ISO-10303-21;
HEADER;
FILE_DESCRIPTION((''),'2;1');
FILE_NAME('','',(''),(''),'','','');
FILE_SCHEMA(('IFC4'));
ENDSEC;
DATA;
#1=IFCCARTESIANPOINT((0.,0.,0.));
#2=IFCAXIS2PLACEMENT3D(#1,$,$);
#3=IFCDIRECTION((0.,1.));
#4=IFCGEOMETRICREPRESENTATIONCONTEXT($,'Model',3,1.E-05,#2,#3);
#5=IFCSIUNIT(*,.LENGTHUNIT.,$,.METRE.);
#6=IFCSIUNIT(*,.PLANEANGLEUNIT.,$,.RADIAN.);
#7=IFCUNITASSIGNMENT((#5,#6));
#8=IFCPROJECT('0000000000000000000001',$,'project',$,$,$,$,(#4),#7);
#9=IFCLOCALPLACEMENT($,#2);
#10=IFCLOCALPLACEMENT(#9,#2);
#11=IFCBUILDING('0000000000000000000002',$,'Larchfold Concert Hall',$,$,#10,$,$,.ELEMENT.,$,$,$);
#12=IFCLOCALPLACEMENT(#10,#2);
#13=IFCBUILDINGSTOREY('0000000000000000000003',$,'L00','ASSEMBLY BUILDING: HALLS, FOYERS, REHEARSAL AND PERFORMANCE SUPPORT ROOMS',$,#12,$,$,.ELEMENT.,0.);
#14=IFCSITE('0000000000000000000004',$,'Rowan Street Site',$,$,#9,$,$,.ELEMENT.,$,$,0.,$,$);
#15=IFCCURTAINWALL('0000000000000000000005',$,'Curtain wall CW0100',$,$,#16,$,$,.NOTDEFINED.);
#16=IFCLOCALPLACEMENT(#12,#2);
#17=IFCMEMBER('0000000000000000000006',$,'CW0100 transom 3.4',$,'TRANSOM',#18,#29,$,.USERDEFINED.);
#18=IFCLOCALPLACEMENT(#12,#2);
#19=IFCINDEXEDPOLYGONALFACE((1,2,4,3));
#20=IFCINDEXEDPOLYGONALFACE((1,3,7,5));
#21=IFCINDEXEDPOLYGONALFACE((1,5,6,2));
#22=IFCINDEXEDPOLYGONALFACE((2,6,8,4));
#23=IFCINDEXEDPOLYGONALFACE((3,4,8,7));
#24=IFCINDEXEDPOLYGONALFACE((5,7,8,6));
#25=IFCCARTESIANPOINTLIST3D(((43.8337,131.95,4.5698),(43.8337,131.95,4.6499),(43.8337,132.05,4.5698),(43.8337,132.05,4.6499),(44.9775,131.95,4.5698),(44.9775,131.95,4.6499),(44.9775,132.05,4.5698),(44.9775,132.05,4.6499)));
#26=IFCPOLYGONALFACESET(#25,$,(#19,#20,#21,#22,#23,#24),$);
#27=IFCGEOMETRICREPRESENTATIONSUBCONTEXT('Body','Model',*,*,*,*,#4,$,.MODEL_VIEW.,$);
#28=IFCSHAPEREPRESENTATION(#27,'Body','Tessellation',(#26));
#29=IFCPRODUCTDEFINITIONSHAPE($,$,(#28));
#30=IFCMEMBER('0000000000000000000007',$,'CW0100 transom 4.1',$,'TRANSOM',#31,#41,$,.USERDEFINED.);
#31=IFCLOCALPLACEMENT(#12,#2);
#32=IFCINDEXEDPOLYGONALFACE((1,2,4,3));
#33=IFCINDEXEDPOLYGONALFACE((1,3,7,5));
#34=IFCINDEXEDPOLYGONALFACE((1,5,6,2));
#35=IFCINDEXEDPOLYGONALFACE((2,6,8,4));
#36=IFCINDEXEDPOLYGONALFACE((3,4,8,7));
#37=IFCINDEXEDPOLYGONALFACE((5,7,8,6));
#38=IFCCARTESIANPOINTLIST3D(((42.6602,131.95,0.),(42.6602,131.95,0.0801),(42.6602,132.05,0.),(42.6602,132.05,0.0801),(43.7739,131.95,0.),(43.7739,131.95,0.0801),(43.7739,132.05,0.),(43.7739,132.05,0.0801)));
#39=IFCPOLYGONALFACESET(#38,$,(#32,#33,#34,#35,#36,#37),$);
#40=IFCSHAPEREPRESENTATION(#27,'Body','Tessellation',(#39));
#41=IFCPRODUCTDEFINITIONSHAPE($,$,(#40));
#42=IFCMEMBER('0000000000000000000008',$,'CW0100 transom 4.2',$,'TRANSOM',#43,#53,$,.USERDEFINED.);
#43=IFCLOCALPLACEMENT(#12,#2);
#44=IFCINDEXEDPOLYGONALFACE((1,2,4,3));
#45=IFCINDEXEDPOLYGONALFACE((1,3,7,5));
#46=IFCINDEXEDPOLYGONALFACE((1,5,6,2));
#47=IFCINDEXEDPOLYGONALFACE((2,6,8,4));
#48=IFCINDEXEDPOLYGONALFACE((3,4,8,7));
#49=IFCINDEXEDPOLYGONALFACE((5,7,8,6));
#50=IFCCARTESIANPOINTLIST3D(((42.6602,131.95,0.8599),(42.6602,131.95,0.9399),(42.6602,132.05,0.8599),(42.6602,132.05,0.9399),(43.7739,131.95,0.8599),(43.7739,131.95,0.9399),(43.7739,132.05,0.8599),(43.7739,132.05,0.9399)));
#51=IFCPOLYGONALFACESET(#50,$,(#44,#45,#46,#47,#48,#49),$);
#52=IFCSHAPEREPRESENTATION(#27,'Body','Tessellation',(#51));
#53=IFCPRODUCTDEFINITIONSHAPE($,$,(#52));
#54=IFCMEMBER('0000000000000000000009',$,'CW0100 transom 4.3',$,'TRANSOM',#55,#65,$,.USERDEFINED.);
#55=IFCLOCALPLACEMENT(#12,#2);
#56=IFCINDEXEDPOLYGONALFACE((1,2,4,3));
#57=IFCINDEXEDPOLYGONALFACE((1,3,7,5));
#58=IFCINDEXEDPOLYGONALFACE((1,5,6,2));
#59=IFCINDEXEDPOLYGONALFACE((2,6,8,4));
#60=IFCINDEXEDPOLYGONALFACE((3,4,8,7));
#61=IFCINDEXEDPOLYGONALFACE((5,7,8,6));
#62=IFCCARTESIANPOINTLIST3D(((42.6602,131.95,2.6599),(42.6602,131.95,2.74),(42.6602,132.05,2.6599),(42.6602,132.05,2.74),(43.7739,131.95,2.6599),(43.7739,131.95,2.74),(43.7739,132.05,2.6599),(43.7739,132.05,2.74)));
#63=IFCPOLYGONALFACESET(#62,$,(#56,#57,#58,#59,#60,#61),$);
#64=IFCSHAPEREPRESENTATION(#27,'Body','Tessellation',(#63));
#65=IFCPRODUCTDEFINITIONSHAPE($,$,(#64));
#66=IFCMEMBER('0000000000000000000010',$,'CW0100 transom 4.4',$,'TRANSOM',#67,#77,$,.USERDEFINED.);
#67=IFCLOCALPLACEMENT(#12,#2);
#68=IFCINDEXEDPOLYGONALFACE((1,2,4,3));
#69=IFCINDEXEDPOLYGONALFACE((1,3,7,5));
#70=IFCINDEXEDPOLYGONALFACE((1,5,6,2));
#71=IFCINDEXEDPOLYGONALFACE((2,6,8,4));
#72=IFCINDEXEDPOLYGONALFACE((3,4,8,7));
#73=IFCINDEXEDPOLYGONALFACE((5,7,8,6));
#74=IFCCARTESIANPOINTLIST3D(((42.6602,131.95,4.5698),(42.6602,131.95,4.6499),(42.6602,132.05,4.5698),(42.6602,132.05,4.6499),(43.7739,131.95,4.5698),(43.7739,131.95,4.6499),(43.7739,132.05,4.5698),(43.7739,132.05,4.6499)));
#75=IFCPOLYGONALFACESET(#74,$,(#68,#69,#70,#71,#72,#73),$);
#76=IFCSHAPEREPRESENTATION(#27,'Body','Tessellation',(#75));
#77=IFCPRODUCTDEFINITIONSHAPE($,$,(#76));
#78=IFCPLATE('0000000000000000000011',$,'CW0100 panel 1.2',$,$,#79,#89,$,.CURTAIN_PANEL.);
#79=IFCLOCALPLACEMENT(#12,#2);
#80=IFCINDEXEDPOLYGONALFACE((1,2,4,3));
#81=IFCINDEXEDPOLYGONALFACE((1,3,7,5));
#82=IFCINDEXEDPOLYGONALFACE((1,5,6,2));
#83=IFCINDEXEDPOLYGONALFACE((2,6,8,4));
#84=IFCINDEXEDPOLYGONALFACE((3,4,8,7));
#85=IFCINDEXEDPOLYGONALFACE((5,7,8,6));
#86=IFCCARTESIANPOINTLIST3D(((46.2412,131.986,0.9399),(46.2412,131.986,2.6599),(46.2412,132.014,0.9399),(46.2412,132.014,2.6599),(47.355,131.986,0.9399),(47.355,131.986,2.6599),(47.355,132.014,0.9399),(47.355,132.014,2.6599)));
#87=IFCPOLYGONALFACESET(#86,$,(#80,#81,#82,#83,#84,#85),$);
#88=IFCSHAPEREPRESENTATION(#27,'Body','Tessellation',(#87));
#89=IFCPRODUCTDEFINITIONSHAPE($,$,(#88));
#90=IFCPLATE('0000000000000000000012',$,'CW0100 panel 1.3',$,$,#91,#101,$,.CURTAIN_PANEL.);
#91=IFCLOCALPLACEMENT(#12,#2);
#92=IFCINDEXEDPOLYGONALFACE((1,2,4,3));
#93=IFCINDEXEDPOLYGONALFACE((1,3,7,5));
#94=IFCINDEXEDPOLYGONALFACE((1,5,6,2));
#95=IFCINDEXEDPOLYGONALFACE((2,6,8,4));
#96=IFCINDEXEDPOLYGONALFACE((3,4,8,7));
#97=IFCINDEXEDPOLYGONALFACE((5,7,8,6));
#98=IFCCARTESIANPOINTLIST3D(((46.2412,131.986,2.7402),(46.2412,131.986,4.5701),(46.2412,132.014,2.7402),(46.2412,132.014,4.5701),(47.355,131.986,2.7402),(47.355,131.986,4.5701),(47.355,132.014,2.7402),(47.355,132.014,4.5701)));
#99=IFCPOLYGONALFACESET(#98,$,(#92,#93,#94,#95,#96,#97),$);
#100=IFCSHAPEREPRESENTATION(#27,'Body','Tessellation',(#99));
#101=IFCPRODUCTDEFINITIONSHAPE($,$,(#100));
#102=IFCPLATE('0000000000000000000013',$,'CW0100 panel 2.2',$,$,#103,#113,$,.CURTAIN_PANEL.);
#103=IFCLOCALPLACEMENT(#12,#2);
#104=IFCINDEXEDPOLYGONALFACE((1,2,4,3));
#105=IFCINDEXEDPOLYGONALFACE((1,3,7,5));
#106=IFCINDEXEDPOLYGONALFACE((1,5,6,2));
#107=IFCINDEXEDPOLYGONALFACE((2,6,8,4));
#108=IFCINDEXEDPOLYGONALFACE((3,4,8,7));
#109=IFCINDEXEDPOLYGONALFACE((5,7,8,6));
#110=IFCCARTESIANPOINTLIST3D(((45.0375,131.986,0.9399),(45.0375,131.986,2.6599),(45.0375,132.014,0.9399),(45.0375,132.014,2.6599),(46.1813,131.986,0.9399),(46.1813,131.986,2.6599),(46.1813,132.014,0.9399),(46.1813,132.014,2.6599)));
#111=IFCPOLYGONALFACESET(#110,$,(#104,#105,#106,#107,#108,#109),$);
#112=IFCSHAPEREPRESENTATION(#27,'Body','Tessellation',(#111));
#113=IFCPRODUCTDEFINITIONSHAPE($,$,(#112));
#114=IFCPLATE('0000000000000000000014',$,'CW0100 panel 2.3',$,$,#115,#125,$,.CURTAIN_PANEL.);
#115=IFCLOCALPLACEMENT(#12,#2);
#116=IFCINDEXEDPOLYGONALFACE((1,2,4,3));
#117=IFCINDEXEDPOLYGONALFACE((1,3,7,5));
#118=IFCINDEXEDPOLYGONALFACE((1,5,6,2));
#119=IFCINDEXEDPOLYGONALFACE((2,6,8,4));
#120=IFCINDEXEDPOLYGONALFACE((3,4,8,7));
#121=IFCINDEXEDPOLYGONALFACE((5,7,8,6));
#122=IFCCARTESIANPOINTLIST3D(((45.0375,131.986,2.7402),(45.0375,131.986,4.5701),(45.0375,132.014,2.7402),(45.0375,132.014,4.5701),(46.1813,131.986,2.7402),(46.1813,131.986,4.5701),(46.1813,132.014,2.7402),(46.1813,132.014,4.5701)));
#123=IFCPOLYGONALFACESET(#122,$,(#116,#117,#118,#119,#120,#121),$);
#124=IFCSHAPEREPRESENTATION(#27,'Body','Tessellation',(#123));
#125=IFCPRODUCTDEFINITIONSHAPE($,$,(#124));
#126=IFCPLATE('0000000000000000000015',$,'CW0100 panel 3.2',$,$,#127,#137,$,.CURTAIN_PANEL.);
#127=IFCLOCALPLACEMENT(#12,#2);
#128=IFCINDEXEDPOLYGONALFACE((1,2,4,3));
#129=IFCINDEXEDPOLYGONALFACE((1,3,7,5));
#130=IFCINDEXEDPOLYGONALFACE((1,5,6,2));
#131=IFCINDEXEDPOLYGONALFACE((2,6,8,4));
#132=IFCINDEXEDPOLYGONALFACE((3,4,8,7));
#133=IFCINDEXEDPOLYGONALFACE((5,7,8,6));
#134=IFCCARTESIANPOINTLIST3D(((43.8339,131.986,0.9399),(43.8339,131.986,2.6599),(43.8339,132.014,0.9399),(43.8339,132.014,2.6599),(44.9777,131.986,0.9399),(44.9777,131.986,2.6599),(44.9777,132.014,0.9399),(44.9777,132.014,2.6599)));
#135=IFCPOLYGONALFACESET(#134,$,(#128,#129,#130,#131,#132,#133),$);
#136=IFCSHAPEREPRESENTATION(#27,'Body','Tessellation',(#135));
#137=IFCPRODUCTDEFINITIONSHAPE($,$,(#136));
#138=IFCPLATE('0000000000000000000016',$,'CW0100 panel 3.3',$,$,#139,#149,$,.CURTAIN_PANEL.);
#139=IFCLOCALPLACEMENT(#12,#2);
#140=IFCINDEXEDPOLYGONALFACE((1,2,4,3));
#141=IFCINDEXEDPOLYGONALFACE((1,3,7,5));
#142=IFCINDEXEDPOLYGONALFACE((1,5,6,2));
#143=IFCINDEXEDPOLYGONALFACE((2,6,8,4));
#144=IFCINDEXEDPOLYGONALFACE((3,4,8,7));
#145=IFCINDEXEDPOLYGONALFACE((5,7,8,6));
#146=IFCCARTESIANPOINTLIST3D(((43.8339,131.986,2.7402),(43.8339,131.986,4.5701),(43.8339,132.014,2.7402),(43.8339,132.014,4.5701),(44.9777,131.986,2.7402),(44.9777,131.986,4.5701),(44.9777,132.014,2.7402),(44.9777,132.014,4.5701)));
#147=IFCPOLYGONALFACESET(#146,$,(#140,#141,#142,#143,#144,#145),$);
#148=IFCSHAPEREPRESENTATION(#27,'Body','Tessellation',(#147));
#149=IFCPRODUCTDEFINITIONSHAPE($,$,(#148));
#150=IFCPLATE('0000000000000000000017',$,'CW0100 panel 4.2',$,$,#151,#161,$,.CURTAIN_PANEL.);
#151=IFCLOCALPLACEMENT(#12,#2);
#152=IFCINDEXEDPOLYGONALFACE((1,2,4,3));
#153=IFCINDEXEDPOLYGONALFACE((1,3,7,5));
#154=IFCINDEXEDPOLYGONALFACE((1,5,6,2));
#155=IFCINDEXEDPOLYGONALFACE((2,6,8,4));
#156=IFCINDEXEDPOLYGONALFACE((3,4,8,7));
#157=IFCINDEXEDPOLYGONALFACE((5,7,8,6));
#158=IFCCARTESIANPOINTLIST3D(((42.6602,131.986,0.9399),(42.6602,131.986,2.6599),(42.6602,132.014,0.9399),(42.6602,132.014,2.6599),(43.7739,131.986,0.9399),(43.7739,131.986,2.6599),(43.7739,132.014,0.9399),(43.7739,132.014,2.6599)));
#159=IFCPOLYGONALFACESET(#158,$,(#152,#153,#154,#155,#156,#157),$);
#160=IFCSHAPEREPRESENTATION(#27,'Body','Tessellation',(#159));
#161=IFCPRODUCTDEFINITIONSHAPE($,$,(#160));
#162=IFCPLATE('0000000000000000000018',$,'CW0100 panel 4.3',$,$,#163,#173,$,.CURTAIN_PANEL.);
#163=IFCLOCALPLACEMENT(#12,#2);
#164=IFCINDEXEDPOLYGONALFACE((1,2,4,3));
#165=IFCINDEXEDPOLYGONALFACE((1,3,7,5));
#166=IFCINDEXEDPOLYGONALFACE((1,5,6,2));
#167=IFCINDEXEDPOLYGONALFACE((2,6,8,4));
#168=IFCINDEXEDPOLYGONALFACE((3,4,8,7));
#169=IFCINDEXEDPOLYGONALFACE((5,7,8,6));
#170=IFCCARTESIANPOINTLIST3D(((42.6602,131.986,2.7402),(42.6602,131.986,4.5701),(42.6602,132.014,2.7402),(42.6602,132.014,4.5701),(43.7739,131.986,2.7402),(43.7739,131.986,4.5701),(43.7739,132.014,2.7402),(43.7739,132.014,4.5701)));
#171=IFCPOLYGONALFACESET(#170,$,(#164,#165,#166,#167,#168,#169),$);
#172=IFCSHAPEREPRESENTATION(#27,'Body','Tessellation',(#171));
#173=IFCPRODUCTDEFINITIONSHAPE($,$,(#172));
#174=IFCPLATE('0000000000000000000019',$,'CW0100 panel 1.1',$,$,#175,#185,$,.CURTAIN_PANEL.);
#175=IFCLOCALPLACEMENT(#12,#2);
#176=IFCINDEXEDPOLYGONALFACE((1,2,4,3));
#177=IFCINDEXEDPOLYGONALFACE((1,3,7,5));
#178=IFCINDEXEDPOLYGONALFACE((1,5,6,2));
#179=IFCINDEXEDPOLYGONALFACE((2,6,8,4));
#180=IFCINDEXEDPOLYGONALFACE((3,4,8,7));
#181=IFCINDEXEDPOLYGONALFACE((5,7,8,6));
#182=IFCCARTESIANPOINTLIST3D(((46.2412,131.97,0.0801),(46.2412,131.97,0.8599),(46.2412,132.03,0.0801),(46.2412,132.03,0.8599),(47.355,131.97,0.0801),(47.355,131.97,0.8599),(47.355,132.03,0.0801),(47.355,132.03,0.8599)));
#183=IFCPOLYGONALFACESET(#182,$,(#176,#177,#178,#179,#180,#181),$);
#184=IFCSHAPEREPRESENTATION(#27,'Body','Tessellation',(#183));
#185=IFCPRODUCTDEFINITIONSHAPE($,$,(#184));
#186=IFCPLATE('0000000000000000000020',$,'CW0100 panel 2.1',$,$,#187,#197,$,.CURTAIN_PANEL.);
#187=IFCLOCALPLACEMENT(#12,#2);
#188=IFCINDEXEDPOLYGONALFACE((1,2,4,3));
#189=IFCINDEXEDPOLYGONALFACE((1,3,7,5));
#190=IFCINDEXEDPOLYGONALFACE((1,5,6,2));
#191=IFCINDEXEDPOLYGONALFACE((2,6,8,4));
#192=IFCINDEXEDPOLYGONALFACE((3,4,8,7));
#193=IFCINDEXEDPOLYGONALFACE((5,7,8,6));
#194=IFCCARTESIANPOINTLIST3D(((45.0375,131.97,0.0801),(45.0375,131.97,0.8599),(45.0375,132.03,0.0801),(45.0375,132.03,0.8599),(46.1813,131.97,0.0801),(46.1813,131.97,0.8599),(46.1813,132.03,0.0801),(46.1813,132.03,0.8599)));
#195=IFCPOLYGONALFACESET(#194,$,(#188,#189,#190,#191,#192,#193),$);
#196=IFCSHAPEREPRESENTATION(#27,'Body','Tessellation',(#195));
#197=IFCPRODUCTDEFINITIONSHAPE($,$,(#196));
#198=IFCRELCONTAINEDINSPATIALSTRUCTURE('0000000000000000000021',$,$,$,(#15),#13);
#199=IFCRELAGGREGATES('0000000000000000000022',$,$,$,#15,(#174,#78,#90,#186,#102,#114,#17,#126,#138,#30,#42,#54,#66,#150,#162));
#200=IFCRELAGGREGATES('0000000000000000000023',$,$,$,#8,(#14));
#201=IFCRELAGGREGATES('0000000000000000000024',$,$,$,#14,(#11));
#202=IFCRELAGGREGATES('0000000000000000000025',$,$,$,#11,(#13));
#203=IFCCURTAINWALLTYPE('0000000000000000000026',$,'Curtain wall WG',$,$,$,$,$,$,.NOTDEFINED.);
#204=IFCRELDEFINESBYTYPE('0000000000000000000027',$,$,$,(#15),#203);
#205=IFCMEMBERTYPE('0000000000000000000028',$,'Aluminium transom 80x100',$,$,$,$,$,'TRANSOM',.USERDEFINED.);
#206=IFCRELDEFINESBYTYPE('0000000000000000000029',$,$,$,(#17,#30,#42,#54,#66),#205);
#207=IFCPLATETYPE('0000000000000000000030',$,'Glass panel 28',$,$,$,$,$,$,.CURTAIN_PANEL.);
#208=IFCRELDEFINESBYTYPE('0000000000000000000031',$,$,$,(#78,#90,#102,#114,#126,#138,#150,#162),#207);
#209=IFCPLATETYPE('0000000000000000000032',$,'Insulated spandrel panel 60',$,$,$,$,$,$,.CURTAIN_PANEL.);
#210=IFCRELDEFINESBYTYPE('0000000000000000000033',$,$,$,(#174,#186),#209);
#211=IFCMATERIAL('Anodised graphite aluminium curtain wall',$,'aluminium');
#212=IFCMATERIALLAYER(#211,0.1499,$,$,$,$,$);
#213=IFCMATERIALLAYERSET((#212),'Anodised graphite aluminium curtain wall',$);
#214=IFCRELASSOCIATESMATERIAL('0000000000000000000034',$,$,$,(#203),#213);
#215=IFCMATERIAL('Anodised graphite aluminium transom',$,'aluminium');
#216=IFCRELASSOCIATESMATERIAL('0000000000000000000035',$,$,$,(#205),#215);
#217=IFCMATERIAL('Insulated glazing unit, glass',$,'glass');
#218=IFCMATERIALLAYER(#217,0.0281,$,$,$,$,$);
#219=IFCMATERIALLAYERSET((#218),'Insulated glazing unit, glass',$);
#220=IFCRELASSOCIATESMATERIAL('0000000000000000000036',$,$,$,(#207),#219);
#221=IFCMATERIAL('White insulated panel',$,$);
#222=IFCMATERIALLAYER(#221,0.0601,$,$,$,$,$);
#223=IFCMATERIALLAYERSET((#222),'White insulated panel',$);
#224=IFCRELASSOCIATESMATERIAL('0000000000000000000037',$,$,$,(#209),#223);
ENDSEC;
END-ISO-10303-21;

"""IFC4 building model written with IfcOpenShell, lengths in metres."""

from ifc_helpers import new_model, si_unit, direction, frame, origin, origin_2d, place, context, subcontext, project, spatial, rectangle, extrude, material, layer, layer_set, material_profile, profile_set, type_object, element, aggregate, save


model = new_model("IFC4")

# Units and contexts
model_context = context("Model", 3, precision=1e-05, world=origin(), true_north=direction((0.0, 1.0)))
body_context = subcontext(model_context, "Body", "Model", "MODEL_VIEW")
ifc_project = project(units=[si_unit("LENGTHUNIT", "METRE"), si_unit("PLANEANGLEUNIT", "RADIAN")], contexts=[model_context])

# Site, building, storey
site_placement = place(None, origin())
site = spatial("IfcSite", under=ifc_project, at=site_placement, Name="Rowan Street Site", CompositionType="ELEMENT", RefElevation=0.0)
building_placement = place(site_placement, origin())
building = spatial("IfcBuilding", under=site, at=building_placement, Name="Larchfold Concert Hall", CompositionType="ELEMENT")
storey_placement = place(building_placement, origin())
storey = spatial("IfcBuildingStorey", under=building, at=storey_placement, Name="L00", Description="ASSEMBLY BUILDING: HALLS, FOYERS, REHEARSAL AND PERFORMANCE SUPPORT ROOMS", CompositionType="ELEMENT", Elevation=0.0)

# Curtain wall, members, plates
ifc_material_1 = material(Name="Anodised graphite aluminium curtain wall", Category="aluminium")
ifc_layer_1 = layer(ifc_material_1, 0.1499)
ifc_layer_set_1 = layer_set([ifc_layer_1], Name="Anodised graphite aluminium curtain wall")
curtain_wall_type = type_object("IfcCurtainWallType", Name="Curtain wall WG", PredefinedType="NOTDEFINED", material=ifc_layer_set_1)
curtain_wall_placement = place(storey_placement, origin())
curtain_wall = element("IfcCurtainWall", 1, at=curtain_wall_placement, inside=storey, type_object=curtain_wall_type, Name="Curtain wall CW0100", PredefinedType="NOTDEFINED")
ifc_material_2 = material(Name="Anodised graphite aluminium transom", Category="aluminium")
ifc_material_profile_1 = material_profile(ifc_material_2, rectangle(XDim=0.1001, YDim=0.0801, at=origin_2d()))
ifc_profile_set_1 = profile_set([ifc_material_profile_1], Name="Anodised graphite aluminium transom")
member_type_1 = type_object("IfcMemberType", Name="Aluminium transom 80x100", ElementType="TRANSOM", PredefinedType="USERDEFINED", material=ifc_profile_set_1)
member_1_placement = place(storey_placement, frame((44.9775, 132.0, 4.6099), z_axis=(-1.0, 0.0, 0.0), x_axis=(0.0, -1.0, 0.0)))
member_1 = element("IfcMember", 2, at=member_1_placement, type_object=member_type_1, Name="CW0100 transom 3.4", ObjectType="TRANSOM", PredefinedType="USERDEFINED", context=body_context, shape_type="SweptSolid", body=[
    extrude(rectangle(XDim=0.1001, YDim=0.0801, at=origin_2d()), origin(), (0.0, 0.0, 1.0), 1.1438),
])
member_2_placement = place(storey_placement, frame((43.7739, 132.0, 0.04), z_axis=(-1.0, 0.0, 0.0), x_axis=(0.0, -1.0, 0.0)))
member_2 = element("IfcMember", 3, at=member_2_placement, type_object=member_type_1, Name="CW0100 transom 4.1", ObjectType="TRANSOM", PredefinedType="USERDEFINED", context=body_context, shape_type="SweptSolid", body=[
    extrude(rectangle(XDim=0.1001, YDim=0.0801, at=origin_2d()), origin(), (0.0, 0.0, 1.0), 1.1138),
])
member_3_placement = place(storey_placement, frame((43.7739, 132.0, 0.8999), z_axis=(-1.0, 0.0, 0.0), x_axis=(0.0, -1.0, 0.0)))
member_3 = element("IfcMember", 4, at=member_3_placement, type_object=member_type_1, Name="CW0100 transom 4.2", ObjectType="TRANSOM", PredefinedType="USERDEFINED", context=body_context, shape_type="SweptSolid", body=[
    extrude(rectangle(XDim=0.1001, YDim=0.0801, at=origin_2d()), origin(), (0.0, 0.0, 1.0), 1.1138),
])
member_4_placement = place(storey_placement, frame((43.7739, 132.0, 2.7), z_axis=(-1.0, 0.0, 0.0), x_axis=(0.0, -1.0, 0.0)))
member_4 = element("IfcMember", 5, at=member_4_placement, type_object=member_type_1, Name="CW0100 transom 4.3", ObjectType="TRANSOM", PredefinedType="USERDEFINED", context=body_context, shape_type="SweptSolid", body=[
    extrude(rectangle(XDim=0.1001, YDim=0.0801, at=origin_2d()), origin(), (0.0, 0.0, 1.0), 1.1138),
])
member_5_placement = place(storey_placement, frame((43.7739, 132.0, 4.6099), z_axis=(-1.0, 0.0, 0.0), x_axis=(0.0, -1.0, 0.0)))
member_5 = element("IfcMember", 6, at=member_5_placement, type_object=member_type_1, Name="CW0100 transom 4.4", ObjectType="TRANSOM", PredefinedType="USERDEFINED", context=body_context, shape_type="SweptSolid", body=[
    extrude(rectangle(XDim=0.1001, YDim=0.0801, at=origin_2d()), origin(), (0.0, 0.0, 1.0), 1.1138),
])
ifc_material_3 = material(Name="Insulated glazing unit, glass", Category="glass")
ifc_layer_2 = layer(ifc_material_3, 0.0281)
ifc_layer_set_2 = layer_set([ifc_layer_2], Name="Insulated glazing unit, glass")
plate_type_1 = type_object("IfcPlateType", Name="Glass panel 28", PredefinedType="CURTAIN_PANEL", material=ifc_layer_set_2)
plate_1_placement = place(storey_placement, frame((46.7981, 132.0, 0.9399), z_axis=(0.0, 0.0, 1.0), x_axis=(-1.0, 0.0, 0.0)))
plate_1 = element("IfcPlate", 7, at=plate_1_placement, type_object=plate_type_1, Name="CW0100 panel 1.2", PredefinedType="CURTAIN_PANEL", context=body_context, shape_type="SweptSolid", body=[
    extrude(rectangle(XDim=1.1138, YDim=0.0281, at=origin_2d()), origin(), (0.0, 0.0, 1.0), 1.72),
])
plate_2_placement = place(storey_placement, frame((46.7981, 132.0, 2.7402), z_axis=(0.0, 0.0, 1.0), x_axis=(-1.0, 0.0, 0.0)))
plate_2 = element("IfcPlate", 8, at=plate_2_placement, type_object=plate_type_1, Name="CW0100 panel 1.3", PredefinedType="CURTAIN_PANEL", context=body_context, shape_type="SweptSolid", body=[
    extrude(rectangle(XDim=1.1138, YDim=0.0281, at=origin_2d()), origin(), (0.0, 0.0, 1.0), 1.8298),
])
plate_3_placement = place(storey_placement, frame((45.6094, 132.0, 0.9399), z_axis=(0.0, 0.0, 1.0), x_axis=(-1.0, 0.0, 0.0)))
plate_3 = element("IfcPlate", 9, at=plate_3_placement, type_object=plate_type_1, Name="CW0100 panel 2.2", PredefinedType="CURTAIN_PANEL", context=body_context, shape_type="SweptSolid", body=[
    extrude(rectangle(XDim=1.1438, YDim=0.0281, at=origin_2d()), origin(), (0.0, 0.0, 1.0), 1.72),
])
plate_4_placement = place(storey_placement, frame((45.6094, 132.0, 2.7402), z_axis=(0.0, 0.0, 1.0), x_axis=(-1.0, 0.0, 0.0)))
plate_4 = element("IfcPlate", 10, at=plate_4_placement, type_object=plate_type_1, Name="CW0100 panel 2.3", PredefinedType="CURTAIN_PANEL", context=body_context, shape_type="SweptSolid", body=[
    extrude(rectangle(XDim=1.1438, YDim=0.0281, at=origin_2d()), origin(), (0.0, 0.0, 1.0), 1.8298),
])
plate_5_placement = place(storey_placement, frame((44.4058, 132.0, 0.9399), z_axis=(0.0, 0.0, 1.0), x_axis=(-1.0, 0.0, 0.0)))
plate_5 = element("IfcPlate", 11, at=plate_5_placement, type_object=plate_type_1, Name="CW0100 panel 3.2", PredefinedType="CURTAIN_PANEL", context=body_context, shape_type="SweptSolid", body=[
    extrude(rectangle(XDim=1.1438, YDim=0.0281, at=origin_2d()), origin(), (0.0, 0.0, 1.0), 1.72),
])
plate_6_placement = place(storey_placement, frame((44.4058, 132.0, 2.7402), z_axis=(0.0, 0.0, 1.0), x_axis=(-1.0, 0.0, 0.0)))
plate_6 = element("IfcPlate", 12, at=plate_6_placement, type_object=plate_type_1, Name="CW0100 panel 3.3", PredefinedType="CURTAIN_PANEL", context=body_context, shape_type="SweptSolid", body=[
    extrude(rectangle(XDim=1.1438, YDim=0.0281, at=origin_2d()), origin(), (0.0, 0.0, 1.0), 1.8298),
])
plate_7_placement = place(storey_placement, frame((43.217, 132.0, 0.9399), z_axis=(0.0, 0.0, 1.0), x_axis=(-1.0, 0.0, 0.0)))
plate_7 = element("IfcPlate", 13, at=plate_7_placement, type_object=plate_type_1, Name="CW0100 panel 4.2", PredefinedType="CURTAIN_PANEL", context=body_context, shape_type="SweptSolid", body=[
    extrude(rectangle(XDim=1.1138, YDim=0.0281, at=origin_2d()), origin(), (0.0, 0.0, 1.0), 1.72),
])
plate_8_placement = place(storey_placement, frame((43.217, 132.0, 2.7402), z_axis=(0.0, 0.0, 1.0), x_axis=(-1.0, 0.0, 0.0)))
plate_8 = element("IfcPlate", 14, at=plate_8_placement, type_object=plate_type_1, Name="CW0100 panel 4.3", PredefinedType="CURTAIN_PANEL", context=body_context, shape_type="SweptSolid", body=[
    extrude(rectangle(XDim=1.1138, YDim=0.0281, at=origin_2d()), origin(), (0.0, 0.0, 1.0), 1.8298),
])
ifc_material_4 = material(Name="White insulated panel")
ifc_layer_3 = layer(ifc_material_4, 0.0601)
ifc_layer_set_3 = layer_set([ifc_layer_3], Name="White insulated panel")
plate_type_2 = type_object("IfcPlateType", Name="Insulated spandrel panel 60", PredefinedType="CURTAIN_PANEL", material=ifc_layer_set_3)
plate_9_placement = place(storey_placement, frame((46.7981, 132.0, 0.0801), z_axis=(0.0, 0.0, 1.0), x_axis=(-1.0, 0.0, 0.0)))
plate_9 = element("IfcPlate", 15, at=plate_9_placement, type_object=plate_type_2, Name="CW0100 panel 1.1", PredefinedType="CURTAIN_PANEL", context=body_context, shape_type="SweptSolid", body=[
    extrude(rectangle(XDim=1.1138, YDim=0.0601, at=origin_2d()), origin(), (0.0, 0.0, 1.0), 0.7798),
])
plate_10_placement = place(storey_placement, frame((45.6094, 132.0, 0.0801), z_axis=(0.0, 0.0, 1.0), x_axis=(-1.0, 0.0, 0.0)))
plate_10 = element("IfcPlate", 16, at=plate_10_placement, type_object=plate_type_2, Name="CW0100 panel 2.1", PredefinedType="CURTAIN_PANEL", context=body_context, shape_type="SweptSolid", body=[
    extrude(rectangle(XDim=1.1438, YDim=0.0601, at=origin_2d()), origin(), (0.0, 0.0, 1.0), 0.7798),
])
aggregate(curtain_wall, [plate_9, plate_1, plate_2, plate_10, plate_3, plate_4, member_1, plate_5, plate_6, member_2, member_3, member_4, member_5, plate_7, plate_8])

save(model, "model.ifc")
